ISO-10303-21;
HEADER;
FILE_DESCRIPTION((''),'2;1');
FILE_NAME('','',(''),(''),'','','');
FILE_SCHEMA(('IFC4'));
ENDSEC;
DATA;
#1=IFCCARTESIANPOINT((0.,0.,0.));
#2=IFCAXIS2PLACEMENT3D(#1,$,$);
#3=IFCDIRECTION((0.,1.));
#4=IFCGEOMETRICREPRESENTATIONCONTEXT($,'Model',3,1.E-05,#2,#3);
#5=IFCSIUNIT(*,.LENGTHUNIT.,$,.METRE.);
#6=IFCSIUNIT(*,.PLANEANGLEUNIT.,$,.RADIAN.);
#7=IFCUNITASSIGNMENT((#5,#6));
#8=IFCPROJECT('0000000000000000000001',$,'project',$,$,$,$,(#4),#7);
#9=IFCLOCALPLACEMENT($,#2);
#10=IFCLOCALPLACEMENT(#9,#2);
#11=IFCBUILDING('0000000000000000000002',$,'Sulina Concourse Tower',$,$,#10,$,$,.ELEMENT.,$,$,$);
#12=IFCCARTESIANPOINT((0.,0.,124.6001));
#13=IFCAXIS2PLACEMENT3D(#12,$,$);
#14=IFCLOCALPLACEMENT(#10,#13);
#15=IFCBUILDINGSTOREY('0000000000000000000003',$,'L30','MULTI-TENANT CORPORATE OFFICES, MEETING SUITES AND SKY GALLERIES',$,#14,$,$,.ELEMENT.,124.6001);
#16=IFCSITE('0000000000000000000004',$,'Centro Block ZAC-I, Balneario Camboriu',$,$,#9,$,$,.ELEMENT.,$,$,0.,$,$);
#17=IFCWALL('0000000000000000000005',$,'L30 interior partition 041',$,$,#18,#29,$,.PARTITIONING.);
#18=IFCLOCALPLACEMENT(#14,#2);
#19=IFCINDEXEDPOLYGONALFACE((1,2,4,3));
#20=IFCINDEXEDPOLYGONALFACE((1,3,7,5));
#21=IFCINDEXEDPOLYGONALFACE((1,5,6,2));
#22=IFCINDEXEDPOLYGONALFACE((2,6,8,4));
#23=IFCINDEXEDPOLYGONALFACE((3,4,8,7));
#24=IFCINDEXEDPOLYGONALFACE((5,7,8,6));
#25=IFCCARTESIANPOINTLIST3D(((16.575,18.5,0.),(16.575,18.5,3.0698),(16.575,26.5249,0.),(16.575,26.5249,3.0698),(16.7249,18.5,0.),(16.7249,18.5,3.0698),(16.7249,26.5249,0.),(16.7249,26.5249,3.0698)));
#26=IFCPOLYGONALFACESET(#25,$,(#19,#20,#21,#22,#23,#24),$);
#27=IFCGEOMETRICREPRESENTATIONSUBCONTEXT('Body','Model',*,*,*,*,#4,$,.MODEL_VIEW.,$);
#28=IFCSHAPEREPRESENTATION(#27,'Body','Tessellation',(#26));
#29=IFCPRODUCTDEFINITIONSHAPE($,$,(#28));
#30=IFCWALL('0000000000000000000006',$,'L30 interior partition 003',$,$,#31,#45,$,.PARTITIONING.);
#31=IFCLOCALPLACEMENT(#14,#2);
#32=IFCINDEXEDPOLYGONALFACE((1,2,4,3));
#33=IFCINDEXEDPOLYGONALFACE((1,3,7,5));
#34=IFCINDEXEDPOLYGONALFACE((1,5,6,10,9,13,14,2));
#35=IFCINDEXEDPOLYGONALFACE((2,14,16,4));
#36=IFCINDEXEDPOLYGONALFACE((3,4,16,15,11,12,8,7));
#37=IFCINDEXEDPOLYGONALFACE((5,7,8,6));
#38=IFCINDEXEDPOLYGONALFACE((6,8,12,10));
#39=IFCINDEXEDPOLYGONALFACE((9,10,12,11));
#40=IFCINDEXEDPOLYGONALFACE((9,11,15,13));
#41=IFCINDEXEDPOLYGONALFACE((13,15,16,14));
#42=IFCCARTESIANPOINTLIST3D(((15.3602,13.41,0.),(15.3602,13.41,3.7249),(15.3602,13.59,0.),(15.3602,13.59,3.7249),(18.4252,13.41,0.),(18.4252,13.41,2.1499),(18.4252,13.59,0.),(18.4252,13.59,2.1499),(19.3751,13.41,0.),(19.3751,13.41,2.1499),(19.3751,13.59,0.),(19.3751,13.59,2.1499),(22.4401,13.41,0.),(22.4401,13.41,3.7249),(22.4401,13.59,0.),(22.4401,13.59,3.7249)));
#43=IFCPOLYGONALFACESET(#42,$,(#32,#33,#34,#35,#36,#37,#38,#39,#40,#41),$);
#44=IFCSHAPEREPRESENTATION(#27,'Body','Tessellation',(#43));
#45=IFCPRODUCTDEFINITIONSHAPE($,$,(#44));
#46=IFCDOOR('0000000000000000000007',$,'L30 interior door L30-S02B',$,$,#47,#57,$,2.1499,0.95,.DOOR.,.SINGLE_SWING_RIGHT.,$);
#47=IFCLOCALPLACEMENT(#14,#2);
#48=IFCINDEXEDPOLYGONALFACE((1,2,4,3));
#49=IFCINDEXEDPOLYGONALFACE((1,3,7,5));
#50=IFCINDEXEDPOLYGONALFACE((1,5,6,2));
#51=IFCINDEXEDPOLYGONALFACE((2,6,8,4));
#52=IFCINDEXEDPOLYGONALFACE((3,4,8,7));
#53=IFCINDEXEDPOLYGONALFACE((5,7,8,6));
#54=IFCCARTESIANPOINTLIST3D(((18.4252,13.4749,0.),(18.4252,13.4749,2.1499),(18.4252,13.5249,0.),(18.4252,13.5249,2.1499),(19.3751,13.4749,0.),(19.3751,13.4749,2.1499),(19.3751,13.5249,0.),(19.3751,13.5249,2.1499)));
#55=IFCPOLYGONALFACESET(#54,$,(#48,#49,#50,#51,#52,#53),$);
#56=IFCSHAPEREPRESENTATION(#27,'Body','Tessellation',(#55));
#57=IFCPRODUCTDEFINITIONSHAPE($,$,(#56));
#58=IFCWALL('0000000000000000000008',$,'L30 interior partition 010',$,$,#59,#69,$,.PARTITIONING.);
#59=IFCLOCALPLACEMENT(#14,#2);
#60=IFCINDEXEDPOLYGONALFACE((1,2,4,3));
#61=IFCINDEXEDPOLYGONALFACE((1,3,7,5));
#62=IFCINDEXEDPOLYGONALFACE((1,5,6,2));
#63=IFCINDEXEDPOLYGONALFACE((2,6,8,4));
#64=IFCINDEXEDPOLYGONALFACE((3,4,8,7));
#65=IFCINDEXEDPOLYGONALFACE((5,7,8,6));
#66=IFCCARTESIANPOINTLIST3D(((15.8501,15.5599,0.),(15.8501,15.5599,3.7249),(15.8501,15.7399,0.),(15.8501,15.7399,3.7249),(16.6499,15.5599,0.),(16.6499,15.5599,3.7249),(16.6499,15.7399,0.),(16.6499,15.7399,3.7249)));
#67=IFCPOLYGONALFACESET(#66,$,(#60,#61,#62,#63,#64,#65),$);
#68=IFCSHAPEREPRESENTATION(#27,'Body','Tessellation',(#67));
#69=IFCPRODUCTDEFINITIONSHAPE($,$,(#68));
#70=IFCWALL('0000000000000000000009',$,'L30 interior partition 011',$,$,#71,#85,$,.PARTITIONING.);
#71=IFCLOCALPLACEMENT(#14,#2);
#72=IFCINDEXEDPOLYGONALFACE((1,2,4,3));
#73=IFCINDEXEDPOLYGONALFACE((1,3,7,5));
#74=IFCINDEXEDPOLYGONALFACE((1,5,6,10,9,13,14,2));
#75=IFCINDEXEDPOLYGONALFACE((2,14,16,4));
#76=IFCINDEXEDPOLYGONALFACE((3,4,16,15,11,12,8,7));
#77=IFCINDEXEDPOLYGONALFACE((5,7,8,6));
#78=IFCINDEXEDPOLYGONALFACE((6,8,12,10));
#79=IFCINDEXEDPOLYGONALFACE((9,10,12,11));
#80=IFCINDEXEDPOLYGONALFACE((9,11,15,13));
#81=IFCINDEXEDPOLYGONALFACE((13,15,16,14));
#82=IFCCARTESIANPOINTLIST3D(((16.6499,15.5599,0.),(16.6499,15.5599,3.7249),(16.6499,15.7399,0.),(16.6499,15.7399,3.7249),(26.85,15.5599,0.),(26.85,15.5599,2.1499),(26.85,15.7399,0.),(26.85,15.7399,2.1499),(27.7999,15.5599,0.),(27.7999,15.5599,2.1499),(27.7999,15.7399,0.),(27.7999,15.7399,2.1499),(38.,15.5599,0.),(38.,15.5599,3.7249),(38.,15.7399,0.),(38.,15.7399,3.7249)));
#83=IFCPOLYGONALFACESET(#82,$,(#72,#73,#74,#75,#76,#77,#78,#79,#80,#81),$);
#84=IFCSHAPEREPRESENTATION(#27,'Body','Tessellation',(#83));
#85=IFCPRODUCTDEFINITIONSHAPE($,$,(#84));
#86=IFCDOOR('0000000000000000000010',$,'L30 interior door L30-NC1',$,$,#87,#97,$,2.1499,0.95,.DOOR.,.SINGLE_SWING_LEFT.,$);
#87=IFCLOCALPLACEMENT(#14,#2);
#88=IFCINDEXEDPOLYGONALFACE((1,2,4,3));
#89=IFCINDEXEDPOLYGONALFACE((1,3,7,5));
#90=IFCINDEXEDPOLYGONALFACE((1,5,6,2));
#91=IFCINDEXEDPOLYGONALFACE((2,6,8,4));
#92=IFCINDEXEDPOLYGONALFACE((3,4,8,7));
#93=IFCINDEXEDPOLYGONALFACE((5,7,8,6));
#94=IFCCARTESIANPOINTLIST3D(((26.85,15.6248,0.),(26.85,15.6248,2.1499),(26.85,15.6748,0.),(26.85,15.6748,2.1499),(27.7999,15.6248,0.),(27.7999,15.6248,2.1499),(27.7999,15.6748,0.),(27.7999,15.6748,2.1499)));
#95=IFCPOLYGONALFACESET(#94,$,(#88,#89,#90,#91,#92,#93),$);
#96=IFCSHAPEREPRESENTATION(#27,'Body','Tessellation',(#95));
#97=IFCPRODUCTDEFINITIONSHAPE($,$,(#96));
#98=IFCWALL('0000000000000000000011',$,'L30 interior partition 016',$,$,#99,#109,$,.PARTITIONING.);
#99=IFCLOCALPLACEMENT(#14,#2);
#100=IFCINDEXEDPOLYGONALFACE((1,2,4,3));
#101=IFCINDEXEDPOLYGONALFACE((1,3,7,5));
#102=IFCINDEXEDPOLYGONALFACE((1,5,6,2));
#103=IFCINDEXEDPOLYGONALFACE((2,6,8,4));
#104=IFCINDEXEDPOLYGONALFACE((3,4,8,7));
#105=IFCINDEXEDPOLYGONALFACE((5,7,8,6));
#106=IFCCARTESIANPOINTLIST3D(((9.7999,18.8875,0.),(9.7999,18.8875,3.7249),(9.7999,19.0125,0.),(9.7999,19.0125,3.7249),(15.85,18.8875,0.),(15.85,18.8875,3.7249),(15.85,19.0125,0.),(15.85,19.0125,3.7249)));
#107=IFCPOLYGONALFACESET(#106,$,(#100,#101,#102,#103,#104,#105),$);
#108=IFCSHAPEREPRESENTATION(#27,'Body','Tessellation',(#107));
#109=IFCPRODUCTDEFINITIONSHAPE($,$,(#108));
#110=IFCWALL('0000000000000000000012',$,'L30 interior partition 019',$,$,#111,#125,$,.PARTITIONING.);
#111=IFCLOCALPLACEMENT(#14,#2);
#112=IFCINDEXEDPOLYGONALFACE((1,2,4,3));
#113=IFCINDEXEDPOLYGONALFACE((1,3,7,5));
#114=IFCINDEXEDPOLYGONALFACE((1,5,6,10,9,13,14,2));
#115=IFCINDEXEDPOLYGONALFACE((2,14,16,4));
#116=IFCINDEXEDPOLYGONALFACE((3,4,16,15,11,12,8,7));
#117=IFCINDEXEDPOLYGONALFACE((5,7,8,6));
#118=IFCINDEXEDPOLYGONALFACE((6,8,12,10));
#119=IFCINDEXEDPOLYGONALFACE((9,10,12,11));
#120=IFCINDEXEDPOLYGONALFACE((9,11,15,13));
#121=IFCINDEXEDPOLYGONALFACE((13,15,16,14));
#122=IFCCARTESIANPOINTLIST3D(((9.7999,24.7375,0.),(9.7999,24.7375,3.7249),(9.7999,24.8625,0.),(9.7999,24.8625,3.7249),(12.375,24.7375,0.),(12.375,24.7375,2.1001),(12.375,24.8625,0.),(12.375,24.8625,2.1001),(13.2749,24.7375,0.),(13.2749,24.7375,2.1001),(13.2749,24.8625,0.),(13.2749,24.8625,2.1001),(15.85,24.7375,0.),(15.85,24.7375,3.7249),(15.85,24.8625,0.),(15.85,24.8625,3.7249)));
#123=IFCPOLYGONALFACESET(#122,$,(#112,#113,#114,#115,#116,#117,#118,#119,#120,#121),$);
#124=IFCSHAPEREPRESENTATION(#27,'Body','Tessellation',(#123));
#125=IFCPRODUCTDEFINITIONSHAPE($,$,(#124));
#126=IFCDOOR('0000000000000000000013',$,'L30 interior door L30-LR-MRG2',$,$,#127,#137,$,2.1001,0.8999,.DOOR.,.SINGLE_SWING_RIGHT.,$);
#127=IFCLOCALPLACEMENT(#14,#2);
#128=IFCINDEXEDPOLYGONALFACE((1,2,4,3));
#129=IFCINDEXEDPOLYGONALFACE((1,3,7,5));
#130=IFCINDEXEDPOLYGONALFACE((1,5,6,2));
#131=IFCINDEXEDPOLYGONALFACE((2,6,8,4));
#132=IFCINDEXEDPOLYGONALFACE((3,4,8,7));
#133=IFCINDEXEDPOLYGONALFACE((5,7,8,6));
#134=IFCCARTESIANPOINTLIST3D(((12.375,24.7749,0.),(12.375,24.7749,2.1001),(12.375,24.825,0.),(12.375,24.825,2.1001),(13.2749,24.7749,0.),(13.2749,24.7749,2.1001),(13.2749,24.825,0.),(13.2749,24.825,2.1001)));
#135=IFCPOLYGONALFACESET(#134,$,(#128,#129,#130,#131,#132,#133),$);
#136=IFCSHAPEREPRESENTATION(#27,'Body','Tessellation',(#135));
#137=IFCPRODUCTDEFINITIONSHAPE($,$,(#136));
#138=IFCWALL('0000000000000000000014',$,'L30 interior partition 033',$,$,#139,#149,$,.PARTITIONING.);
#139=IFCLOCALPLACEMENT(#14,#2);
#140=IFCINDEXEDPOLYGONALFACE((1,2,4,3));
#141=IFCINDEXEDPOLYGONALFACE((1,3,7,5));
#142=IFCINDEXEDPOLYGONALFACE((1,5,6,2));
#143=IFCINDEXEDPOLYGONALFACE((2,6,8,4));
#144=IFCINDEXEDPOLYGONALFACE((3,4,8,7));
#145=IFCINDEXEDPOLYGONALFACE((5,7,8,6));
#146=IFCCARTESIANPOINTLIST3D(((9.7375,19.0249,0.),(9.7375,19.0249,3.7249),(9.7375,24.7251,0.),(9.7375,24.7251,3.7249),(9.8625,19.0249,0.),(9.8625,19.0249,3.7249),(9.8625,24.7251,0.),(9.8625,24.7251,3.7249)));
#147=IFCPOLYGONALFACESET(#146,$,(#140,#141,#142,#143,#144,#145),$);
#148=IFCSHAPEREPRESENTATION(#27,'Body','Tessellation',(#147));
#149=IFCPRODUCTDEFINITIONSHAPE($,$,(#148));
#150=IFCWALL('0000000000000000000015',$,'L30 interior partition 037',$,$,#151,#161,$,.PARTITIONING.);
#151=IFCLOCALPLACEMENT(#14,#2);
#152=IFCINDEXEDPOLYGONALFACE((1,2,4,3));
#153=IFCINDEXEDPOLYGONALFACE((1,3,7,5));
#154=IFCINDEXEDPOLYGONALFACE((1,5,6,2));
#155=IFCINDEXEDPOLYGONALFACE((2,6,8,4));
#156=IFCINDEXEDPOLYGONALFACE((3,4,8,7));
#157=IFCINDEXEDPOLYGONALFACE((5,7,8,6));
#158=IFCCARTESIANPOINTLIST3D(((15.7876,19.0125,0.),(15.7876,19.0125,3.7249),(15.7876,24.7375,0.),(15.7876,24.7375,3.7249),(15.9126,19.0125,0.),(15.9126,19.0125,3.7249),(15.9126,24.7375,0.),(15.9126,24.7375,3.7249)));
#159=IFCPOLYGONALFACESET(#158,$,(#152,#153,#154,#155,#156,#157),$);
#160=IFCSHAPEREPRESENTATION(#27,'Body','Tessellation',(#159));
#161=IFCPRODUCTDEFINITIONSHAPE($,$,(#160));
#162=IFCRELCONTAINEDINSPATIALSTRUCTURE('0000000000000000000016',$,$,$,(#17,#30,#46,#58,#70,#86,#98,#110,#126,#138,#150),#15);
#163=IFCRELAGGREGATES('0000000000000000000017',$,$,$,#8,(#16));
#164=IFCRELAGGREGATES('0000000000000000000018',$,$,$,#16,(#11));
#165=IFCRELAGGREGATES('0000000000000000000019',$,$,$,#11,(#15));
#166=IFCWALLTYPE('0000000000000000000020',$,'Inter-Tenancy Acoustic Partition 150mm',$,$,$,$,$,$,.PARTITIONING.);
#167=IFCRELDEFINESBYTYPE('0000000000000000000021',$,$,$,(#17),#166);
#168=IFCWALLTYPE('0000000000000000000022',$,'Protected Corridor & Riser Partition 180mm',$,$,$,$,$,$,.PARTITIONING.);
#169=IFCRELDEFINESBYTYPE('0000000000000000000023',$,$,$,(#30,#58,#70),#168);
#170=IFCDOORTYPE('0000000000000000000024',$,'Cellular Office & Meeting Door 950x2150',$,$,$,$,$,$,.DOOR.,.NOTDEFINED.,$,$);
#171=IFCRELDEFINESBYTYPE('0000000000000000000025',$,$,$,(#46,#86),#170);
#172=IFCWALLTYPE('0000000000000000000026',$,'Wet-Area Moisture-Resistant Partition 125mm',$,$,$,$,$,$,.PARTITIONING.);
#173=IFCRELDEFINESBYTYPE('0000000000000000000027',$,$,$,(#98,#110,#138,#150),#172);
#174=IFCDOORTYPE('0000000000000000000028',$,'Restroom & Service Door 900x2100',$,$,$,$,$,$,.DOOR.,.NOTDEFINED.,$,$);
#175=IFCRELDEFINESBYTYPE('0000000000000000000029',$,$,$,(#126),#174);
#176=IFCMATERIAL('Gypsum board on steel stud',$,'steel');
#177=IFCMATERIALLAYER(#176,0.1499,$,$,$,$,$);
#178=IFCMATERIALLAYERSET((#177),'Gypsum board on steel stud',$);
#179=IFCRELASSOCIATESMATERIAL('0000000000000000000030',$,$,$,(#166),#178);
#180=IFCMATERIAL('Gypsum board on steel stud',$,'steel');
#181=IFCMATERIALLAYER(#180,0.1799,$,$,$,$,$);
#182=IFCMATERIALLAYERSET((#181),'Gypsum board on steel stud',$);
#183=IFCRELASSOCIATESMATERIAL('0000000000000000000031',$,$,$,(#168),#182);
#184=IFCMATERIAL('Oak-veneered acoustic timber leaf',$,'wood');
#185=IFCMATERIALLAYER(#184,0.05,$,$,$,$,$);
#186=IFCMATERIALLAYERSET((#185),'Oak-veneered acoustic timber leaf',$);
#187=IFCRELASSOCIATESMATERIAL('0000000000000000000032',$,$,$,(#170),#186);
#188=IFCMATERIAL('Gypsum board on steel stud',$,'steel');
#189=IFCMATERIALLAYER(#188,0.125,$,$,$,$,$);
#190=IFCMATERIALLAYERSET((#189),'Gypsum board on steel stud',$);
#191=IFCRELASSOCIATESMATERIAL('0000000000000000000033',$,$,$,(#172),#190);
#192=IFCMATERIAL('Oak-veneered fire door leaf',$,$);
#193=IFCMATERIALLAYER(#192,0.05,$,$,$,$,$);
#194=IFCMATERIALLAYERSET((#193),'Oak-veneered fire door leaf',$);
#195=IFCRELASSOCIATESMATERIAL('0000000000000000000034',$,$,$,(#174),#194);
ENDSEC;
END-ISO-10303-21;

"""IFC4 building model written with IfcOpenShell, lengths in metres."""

from ifc_helpers import new_model, si_unit, direction, frame, frame_2d, origin, place, context, subcontext, project, spatial, rectangle, extrude, material, layer, layer_set, type_object, element, fill, save


model = new_model("IFC4")

# Units and contexts
model_context = context("Model", 3, precision=1e-05, world=origin(), true_north=direction((0.0, 1.0)))
body_context = subcontext(model_context, "Body", "Model", "MODEL_VIEW")
ifc_project = project(units=[si_unit("LENGTHUNIT", "METRE"), si_unit("PLANEANGLEUNIT", "RADIAN")], contexts=[model_context])

# Site, building, storey
site_placement = place(None, origin())
site = spatial("IfcSite", under=ifc_project, at=site_placement, Name="Centro Block ZAC-I, Balneario Camboriu", CompositionType="ELEMENT", RefElevation=0.0)
building_placement = place(site_placement, origin())
building = spatial("IfcBuilding", under=site, at=building_placement, Name="Sulina Concourse Tower", CompositionType="ELEMENT")
storey_placement = place(building_placement, frame((0.0, 0.0, 124.6001)))
storey = spatial("IfcBuildingStorey", under=building, at=storey_placement, Name="L30", Description="MULTI-TENANT CORPORATE OFFICES, MEETING SUITES AND SKY GALLERIES", CompositionType="ELEMENT", Elevation=124.6001)

# Wall
ifc_material_1 = material(Name="Gypsum board on steel stud", Category="steel")
ifc_layer_1 = layer(ifc_material_1, 0.1499)
ifc_layer_set_1 = layer_set([ifc_layer_1], Name="Gypsum board on steel stud")
wall_type_1 = type_object("IfcWallType", Name="Inter-Tenancy Acoustic Partition 150mm", PredefinedType="PARTITIONING", material=ifc_layer_set_1)
wall_1_placement = place(storey_placement, frame((16.6499, 18.5, 0.0), z_axis=(0.0, 0.0, 1.0), x_axis=(0.0, 1.0, 0.0)))
element("IfcWall", 1, at=wall_1_placement, inside=storey, type_object=wall_type_1, Name="L30 interior partition 041", PredefinedType="PARTITIONING", context=body_context, shape_type="SweptSolid", body=[
    extrude(rectangle(XDim=8.0249, YDim=0.1499, at=frame_2d((4.0125, 0.0))), origin(), (0.0, 0.0, 1.0), 3.0698),
])

# Wall, opening, door
ifc_material_2 = material(Name="Gypsum board on steel stud", Category="steel")
ifc_layer_2 = layer(ifc_material_2, 0.1799)
ifc_layer_set_2 = layer_set([ifc_layer_2], Name="Gypsum board on steel stud")
wall_type_2 = type_object("IfcWallType", Name="Protected Corridor & Riser Partition 180mm", PredefinedType="PARTITIONING", material=ifc_layer_set_2)
wall_2_placement = place(storey_placement, frame((15.3601, 13.5, 0.0), z_axis=(0.0, 0.0, 1.0), x_axis=(1.0, 0.0, 0.0)))
wall_2 = element("IfcWall", 2, at=wall_2_placement, inside=storey, type_object=wall_type_2, Name="L30 interior partition 003", PredefinedType="PARTITIONING", context=body_context, shape_type="SweptSolid", body=[
    extrude(rectangle(XDim=7.0798, YDim=0.1799, at=frame_2d((3.54, 0.0))), origin(), (0.0, 0.0, 1.0), 3.7249),
])
opening_1_placement = place(wall_2_placement, frame((3.0649, 0.0, 0.0)))
opening_1 = element("IfcOpeningElement", 3, at=opening_1_placement, cuts=wall_2, PredefinedType="OPENING", context=body_context, shape_type="SweptSolid", body=[
    extrude(rectangle(XDim=0.95, YDim=2.1499, at=frame_2d((0.4751, 1.075))), frame((0.0, 0.0999, 0.0), z_axis=(0.0, -1.0, 0.0), x_axis=(1.0, 0.0, 0.0)), (0.0, 0.0, 1.0), 0.2),
])
ifc_material_3 = material(Name="Oak-veneered acoustic timber leaf", Category="wood")
ifc_layer_3 = layer(ifc_material_3, 0.05)
ifc_layer_set_3 = layer_set([ifc_layer_3], Name="Oak-veneered acoustic timber leaf")
door_type_1 = type_object("IfcDoorType", Name="Cellular Office & Meeting Door 950x2150", OperationType="NOTDEFINED", PredefinedType="DOOR", material=ifc_layer_set_3)
door_1_placement = place(opening_1_placement, origin())
door_1 = element("IfcDoor", 4, at=door_1_placement, inside=storey, type_object=door_type_1, Name="L30 interior door L30-S02B", OperationType="SINGLE_SWING_RIGHT", OverallHeight=2.1499, OverallWidth=0.95, PredefinedType="DOOR", context=body_context, shape_type="SweptSolid", body=[
    extrude(rectangle(XDim=0.95, YDim=2.1499, at=frame_2d((0.4751, 1.075))), frame((0.0, 0.0249, 0.0), z_axis=(0.0, -1.0, 0.0), x_axis=(1.0, 0.0, 0.0)), (0.0, 0.0, 1.0), 0.05),
])
fill(opening_1, door_1)

# Wall
wall_3_placement = place(storey_placement, frame((15.8501, 15.6499, 0.0), z_axis=(0.0, 0.0, 1.0), x_axis=(1.0, 0.0, 0.0)))
element("IfcWall", 5, at=wall_3_placement, inside=storey, type_object=wall_type_2, Name="L30 interior partition 010", PredefinedType="PARTITIONING", context=body_context, shape_type="SweptSolid", body=[
    extrude(rectangle(XDim=0.7998, YDim=0.1799, at=frame_2d((0.3999, 0.0))), origin(), (0.0, 0.0, 1.0), 3.7249),
])

# Wall, opening, door
wall_4_placement = place(storey_placement, frame((16.6499, 15.6499, 0.0), z_axis=(0.0, 0.0, 1.0), x_axis=(1.0, 0.0, 0.0)))
wall_4 = element("IfcWall", 6, at=wall_4_placement, inside=storey, type_object=wall_type_2, Name="L30 interior partition 011", PredefinedType="PARTITIONING", context=body_context, shape_type="SweptSolid", body=[
    extrude(rectangle(XDim=21.3501, YDim=0.1799, at=frame_2d((10.675, 0.0))), origin(), (0.0, 0.0, 1.0), 3.7249),
])
opening_2_placement = place(wall_4_placement, frame((10.2, 0.0, 0.0)))
opening_2 = element("IfcOpeningElement", 7, at=opening_2_placement, cuts=wall_4, PredefinedType="OPENING", context=body_context, shape_type="SweptSolid", body=[
    extrude(rectangle(XDim=0.95, YDim=2.1499, at=frame_2d((0.4751, 1.075))), frame((0.0, 0.0999, 0.0), z_axis=(0.0, -1.0, 0.0), x_axis=(1.0, 0.0, 0.0)), (0.0, 0.0, 1.0), 0.2),
])
door_2_placement = place(opening_2_placement, origin())
door_2 = element("IfcDoor", 8, at=door_2_placement, inside=storey, type_object=door_type_1, Name="L30 interior door L30-NC1", OperationType="SINGLE_SWING_LEFT", OverallHeight=2.1499, OverallWidth=0.95, PredefinedType="DOOR", context=body_context, shape_type="SweptSolid", body=[
    extrude(rectangle(XDim=0.95, YDim=2.1499, at=frame_2d((0.4751, 1.075))), frame((0.0, 0.0249, 0.0), z_axis=(0.0, -1.0, 0.0), x_axis=(1.0, 0.0, 0.0)), (0.0, 0.0, 1.0), 0.05),
])
fill(opening_2, door_2)

# Wall
ifc_material_4 = material(Name="Gypsum board on steel stud", Category="steel")
ifc_layer_4 = layer(ifc_material_4, 0.125)
ifc_layer_set_4 = layer_set([ifc_layer_4], Name="Gypsum board on steel stud")
wall_type_3 = type_object("IfcWallType", Name="Wet-Area Moisture-Resistant Partition 125mm", PredefinedType="PARTITIONING", material=ifc_layer_set_4)
wall_5_placement = place(storey_placement, frame((9.8, 18.95, 0.0), z_axis=(0.0, 0.0, 1.0), x_axis=(1.0, 0.0, 0.0)))
element("IfcWall", 9, at=wall_5_placement, inside=storey, type_object=wall_type_3, Name="L30 interior partition 016", PredefinedType="PARTITIONING", context=body_context, shape_type="SweptSolid", body=[
    extrude(rectangle(XDim=6.05, YDim=0.125, at=frame_2d((3.0249, 0.0))), origin(), (0.0, 0.0, 1.0), 3.7249),
])

# Wall, opening, door
wall_6_placement = place(storey_placement, frame((9.8, 24.8, 0.0), z_axis=(0.0, 0.0, 1.0), x_axis=(1.0, 0.0, 0.0)))
wall_6 = element("IfcWall", 10, at=wall_6_placement, inside=storey, type_object=wall_type_3, Name="L30 interior partition 019", PredefinedType="PARTITIONING", context=body_context, shape_type="SweptSolid", body=[
    extrude(rectangle(XDim=6.05, YDim=0.125, at=frame_2d((3.0249, 0.0))), origin(), (0.0, 0.0, 1.0), 3.7249),
])
opening_3_placement = place(wall_6_placement, frame((2.575, 0.0, 0.0)))
opening_3 = element("IfcOpeningElement", 11, at=opening_3_placement, cuts=wall_6, PredefinedType="OPENING", context=body_context, shape_type="SweptSolid", body=[
    extrude(rectangle(XDim=0.8999, YDim=2.1001, at=frame_2d((0.45, 1.05))), frame((0.0, 0.0725, 0.0), z_axis=(0.0, -1.0, 0.0), x_axis=(1.0, 0.0, 0.0)), (0.0, 0.0, 1.0), 0.145),
])
ifc_material_5 = material(Name="Oak-veneered fire door leaf")
ifc_layer_5 = layer(ifc_material_5, 0.05)
ifc_layer_set_5 = layer_set([ifc_layer_5], Name="Oak-veneered fire door leaf")
door_type_2 = type_object("IfcDoorType", Name="Restroom & Service Door 900x2100", OperationType="NOTDEFINED", PredefinedType="DOOR", material=ifc_layer_set_5)
door_3_placement = place(opening_3_placement, origin())
door_3 = element("IfcDoor", 12, at=door_3_placement, inside=storey, type_object=door_type_2, Name="L30 interior door L30-LR-MRG2", OperationType="SINGLE_SWING_RIGHT", OverallHeight=2.1001, OverallWidth=0.8999, PredefinedType="DOOR", context=body_context, shape_type="SweptSolid", body=[
    extrude(rectangle(XDim=0.8999, YDim=2.1001, at=frame_2d((0.45, 1.05))), frame((0.0, 0.0249, 0.0), z_axis=(0.0, -1.0, 0.0), x_axis=(1.0, 0.0, 0.0)), (0.0, 0.0, 1.0), 0.05),
])
fill(opening_3, door_3)

# Walls
wall_7_placement = place(storey_placement, frame((9.8, 19.0249, 0.0), z_axis=(0.0, 0.0, 1.0), x_axis=(0.0, 1.0, 0.0)))
element("IfcWall", 13, at=wall_7_placement, inside=storey, type_object=wall_type_3, Name="L30 interior partition 033", PredefinedType="PARTITIONING", context=body_context, shape_type="SweptSolid", body=[
    extrude(rectangle(XDim=5.7002, YDim=0.125, at=frame_2d((2.8501, 0.0))), origin(), (0.0, 0.0, 1.0), 3.7249),
])
wall_8_placement = place(storey_placement, frame((15.8501, 19.0125, 0.0), z_axis=(0.0, 0.0, 1.0), x_axis=(0.0, 1.0, 0.0)))
element("IfcWall", 14, at=wall_8_placement, inside=storey, type_object=wall_type_3, Name="L30 interior partition 037", PredefinedType="PARTITIONING", context=body_context, shape_type="SweptSolid", body=[
    extrude(rectangle(XDim=5.7251, YDim=0.125, at=frame_2d((2.8625, 0.0))), origin(), (0.0, 0.0, 1.0), 3.7249),
])

save(model, "model.ifc")
